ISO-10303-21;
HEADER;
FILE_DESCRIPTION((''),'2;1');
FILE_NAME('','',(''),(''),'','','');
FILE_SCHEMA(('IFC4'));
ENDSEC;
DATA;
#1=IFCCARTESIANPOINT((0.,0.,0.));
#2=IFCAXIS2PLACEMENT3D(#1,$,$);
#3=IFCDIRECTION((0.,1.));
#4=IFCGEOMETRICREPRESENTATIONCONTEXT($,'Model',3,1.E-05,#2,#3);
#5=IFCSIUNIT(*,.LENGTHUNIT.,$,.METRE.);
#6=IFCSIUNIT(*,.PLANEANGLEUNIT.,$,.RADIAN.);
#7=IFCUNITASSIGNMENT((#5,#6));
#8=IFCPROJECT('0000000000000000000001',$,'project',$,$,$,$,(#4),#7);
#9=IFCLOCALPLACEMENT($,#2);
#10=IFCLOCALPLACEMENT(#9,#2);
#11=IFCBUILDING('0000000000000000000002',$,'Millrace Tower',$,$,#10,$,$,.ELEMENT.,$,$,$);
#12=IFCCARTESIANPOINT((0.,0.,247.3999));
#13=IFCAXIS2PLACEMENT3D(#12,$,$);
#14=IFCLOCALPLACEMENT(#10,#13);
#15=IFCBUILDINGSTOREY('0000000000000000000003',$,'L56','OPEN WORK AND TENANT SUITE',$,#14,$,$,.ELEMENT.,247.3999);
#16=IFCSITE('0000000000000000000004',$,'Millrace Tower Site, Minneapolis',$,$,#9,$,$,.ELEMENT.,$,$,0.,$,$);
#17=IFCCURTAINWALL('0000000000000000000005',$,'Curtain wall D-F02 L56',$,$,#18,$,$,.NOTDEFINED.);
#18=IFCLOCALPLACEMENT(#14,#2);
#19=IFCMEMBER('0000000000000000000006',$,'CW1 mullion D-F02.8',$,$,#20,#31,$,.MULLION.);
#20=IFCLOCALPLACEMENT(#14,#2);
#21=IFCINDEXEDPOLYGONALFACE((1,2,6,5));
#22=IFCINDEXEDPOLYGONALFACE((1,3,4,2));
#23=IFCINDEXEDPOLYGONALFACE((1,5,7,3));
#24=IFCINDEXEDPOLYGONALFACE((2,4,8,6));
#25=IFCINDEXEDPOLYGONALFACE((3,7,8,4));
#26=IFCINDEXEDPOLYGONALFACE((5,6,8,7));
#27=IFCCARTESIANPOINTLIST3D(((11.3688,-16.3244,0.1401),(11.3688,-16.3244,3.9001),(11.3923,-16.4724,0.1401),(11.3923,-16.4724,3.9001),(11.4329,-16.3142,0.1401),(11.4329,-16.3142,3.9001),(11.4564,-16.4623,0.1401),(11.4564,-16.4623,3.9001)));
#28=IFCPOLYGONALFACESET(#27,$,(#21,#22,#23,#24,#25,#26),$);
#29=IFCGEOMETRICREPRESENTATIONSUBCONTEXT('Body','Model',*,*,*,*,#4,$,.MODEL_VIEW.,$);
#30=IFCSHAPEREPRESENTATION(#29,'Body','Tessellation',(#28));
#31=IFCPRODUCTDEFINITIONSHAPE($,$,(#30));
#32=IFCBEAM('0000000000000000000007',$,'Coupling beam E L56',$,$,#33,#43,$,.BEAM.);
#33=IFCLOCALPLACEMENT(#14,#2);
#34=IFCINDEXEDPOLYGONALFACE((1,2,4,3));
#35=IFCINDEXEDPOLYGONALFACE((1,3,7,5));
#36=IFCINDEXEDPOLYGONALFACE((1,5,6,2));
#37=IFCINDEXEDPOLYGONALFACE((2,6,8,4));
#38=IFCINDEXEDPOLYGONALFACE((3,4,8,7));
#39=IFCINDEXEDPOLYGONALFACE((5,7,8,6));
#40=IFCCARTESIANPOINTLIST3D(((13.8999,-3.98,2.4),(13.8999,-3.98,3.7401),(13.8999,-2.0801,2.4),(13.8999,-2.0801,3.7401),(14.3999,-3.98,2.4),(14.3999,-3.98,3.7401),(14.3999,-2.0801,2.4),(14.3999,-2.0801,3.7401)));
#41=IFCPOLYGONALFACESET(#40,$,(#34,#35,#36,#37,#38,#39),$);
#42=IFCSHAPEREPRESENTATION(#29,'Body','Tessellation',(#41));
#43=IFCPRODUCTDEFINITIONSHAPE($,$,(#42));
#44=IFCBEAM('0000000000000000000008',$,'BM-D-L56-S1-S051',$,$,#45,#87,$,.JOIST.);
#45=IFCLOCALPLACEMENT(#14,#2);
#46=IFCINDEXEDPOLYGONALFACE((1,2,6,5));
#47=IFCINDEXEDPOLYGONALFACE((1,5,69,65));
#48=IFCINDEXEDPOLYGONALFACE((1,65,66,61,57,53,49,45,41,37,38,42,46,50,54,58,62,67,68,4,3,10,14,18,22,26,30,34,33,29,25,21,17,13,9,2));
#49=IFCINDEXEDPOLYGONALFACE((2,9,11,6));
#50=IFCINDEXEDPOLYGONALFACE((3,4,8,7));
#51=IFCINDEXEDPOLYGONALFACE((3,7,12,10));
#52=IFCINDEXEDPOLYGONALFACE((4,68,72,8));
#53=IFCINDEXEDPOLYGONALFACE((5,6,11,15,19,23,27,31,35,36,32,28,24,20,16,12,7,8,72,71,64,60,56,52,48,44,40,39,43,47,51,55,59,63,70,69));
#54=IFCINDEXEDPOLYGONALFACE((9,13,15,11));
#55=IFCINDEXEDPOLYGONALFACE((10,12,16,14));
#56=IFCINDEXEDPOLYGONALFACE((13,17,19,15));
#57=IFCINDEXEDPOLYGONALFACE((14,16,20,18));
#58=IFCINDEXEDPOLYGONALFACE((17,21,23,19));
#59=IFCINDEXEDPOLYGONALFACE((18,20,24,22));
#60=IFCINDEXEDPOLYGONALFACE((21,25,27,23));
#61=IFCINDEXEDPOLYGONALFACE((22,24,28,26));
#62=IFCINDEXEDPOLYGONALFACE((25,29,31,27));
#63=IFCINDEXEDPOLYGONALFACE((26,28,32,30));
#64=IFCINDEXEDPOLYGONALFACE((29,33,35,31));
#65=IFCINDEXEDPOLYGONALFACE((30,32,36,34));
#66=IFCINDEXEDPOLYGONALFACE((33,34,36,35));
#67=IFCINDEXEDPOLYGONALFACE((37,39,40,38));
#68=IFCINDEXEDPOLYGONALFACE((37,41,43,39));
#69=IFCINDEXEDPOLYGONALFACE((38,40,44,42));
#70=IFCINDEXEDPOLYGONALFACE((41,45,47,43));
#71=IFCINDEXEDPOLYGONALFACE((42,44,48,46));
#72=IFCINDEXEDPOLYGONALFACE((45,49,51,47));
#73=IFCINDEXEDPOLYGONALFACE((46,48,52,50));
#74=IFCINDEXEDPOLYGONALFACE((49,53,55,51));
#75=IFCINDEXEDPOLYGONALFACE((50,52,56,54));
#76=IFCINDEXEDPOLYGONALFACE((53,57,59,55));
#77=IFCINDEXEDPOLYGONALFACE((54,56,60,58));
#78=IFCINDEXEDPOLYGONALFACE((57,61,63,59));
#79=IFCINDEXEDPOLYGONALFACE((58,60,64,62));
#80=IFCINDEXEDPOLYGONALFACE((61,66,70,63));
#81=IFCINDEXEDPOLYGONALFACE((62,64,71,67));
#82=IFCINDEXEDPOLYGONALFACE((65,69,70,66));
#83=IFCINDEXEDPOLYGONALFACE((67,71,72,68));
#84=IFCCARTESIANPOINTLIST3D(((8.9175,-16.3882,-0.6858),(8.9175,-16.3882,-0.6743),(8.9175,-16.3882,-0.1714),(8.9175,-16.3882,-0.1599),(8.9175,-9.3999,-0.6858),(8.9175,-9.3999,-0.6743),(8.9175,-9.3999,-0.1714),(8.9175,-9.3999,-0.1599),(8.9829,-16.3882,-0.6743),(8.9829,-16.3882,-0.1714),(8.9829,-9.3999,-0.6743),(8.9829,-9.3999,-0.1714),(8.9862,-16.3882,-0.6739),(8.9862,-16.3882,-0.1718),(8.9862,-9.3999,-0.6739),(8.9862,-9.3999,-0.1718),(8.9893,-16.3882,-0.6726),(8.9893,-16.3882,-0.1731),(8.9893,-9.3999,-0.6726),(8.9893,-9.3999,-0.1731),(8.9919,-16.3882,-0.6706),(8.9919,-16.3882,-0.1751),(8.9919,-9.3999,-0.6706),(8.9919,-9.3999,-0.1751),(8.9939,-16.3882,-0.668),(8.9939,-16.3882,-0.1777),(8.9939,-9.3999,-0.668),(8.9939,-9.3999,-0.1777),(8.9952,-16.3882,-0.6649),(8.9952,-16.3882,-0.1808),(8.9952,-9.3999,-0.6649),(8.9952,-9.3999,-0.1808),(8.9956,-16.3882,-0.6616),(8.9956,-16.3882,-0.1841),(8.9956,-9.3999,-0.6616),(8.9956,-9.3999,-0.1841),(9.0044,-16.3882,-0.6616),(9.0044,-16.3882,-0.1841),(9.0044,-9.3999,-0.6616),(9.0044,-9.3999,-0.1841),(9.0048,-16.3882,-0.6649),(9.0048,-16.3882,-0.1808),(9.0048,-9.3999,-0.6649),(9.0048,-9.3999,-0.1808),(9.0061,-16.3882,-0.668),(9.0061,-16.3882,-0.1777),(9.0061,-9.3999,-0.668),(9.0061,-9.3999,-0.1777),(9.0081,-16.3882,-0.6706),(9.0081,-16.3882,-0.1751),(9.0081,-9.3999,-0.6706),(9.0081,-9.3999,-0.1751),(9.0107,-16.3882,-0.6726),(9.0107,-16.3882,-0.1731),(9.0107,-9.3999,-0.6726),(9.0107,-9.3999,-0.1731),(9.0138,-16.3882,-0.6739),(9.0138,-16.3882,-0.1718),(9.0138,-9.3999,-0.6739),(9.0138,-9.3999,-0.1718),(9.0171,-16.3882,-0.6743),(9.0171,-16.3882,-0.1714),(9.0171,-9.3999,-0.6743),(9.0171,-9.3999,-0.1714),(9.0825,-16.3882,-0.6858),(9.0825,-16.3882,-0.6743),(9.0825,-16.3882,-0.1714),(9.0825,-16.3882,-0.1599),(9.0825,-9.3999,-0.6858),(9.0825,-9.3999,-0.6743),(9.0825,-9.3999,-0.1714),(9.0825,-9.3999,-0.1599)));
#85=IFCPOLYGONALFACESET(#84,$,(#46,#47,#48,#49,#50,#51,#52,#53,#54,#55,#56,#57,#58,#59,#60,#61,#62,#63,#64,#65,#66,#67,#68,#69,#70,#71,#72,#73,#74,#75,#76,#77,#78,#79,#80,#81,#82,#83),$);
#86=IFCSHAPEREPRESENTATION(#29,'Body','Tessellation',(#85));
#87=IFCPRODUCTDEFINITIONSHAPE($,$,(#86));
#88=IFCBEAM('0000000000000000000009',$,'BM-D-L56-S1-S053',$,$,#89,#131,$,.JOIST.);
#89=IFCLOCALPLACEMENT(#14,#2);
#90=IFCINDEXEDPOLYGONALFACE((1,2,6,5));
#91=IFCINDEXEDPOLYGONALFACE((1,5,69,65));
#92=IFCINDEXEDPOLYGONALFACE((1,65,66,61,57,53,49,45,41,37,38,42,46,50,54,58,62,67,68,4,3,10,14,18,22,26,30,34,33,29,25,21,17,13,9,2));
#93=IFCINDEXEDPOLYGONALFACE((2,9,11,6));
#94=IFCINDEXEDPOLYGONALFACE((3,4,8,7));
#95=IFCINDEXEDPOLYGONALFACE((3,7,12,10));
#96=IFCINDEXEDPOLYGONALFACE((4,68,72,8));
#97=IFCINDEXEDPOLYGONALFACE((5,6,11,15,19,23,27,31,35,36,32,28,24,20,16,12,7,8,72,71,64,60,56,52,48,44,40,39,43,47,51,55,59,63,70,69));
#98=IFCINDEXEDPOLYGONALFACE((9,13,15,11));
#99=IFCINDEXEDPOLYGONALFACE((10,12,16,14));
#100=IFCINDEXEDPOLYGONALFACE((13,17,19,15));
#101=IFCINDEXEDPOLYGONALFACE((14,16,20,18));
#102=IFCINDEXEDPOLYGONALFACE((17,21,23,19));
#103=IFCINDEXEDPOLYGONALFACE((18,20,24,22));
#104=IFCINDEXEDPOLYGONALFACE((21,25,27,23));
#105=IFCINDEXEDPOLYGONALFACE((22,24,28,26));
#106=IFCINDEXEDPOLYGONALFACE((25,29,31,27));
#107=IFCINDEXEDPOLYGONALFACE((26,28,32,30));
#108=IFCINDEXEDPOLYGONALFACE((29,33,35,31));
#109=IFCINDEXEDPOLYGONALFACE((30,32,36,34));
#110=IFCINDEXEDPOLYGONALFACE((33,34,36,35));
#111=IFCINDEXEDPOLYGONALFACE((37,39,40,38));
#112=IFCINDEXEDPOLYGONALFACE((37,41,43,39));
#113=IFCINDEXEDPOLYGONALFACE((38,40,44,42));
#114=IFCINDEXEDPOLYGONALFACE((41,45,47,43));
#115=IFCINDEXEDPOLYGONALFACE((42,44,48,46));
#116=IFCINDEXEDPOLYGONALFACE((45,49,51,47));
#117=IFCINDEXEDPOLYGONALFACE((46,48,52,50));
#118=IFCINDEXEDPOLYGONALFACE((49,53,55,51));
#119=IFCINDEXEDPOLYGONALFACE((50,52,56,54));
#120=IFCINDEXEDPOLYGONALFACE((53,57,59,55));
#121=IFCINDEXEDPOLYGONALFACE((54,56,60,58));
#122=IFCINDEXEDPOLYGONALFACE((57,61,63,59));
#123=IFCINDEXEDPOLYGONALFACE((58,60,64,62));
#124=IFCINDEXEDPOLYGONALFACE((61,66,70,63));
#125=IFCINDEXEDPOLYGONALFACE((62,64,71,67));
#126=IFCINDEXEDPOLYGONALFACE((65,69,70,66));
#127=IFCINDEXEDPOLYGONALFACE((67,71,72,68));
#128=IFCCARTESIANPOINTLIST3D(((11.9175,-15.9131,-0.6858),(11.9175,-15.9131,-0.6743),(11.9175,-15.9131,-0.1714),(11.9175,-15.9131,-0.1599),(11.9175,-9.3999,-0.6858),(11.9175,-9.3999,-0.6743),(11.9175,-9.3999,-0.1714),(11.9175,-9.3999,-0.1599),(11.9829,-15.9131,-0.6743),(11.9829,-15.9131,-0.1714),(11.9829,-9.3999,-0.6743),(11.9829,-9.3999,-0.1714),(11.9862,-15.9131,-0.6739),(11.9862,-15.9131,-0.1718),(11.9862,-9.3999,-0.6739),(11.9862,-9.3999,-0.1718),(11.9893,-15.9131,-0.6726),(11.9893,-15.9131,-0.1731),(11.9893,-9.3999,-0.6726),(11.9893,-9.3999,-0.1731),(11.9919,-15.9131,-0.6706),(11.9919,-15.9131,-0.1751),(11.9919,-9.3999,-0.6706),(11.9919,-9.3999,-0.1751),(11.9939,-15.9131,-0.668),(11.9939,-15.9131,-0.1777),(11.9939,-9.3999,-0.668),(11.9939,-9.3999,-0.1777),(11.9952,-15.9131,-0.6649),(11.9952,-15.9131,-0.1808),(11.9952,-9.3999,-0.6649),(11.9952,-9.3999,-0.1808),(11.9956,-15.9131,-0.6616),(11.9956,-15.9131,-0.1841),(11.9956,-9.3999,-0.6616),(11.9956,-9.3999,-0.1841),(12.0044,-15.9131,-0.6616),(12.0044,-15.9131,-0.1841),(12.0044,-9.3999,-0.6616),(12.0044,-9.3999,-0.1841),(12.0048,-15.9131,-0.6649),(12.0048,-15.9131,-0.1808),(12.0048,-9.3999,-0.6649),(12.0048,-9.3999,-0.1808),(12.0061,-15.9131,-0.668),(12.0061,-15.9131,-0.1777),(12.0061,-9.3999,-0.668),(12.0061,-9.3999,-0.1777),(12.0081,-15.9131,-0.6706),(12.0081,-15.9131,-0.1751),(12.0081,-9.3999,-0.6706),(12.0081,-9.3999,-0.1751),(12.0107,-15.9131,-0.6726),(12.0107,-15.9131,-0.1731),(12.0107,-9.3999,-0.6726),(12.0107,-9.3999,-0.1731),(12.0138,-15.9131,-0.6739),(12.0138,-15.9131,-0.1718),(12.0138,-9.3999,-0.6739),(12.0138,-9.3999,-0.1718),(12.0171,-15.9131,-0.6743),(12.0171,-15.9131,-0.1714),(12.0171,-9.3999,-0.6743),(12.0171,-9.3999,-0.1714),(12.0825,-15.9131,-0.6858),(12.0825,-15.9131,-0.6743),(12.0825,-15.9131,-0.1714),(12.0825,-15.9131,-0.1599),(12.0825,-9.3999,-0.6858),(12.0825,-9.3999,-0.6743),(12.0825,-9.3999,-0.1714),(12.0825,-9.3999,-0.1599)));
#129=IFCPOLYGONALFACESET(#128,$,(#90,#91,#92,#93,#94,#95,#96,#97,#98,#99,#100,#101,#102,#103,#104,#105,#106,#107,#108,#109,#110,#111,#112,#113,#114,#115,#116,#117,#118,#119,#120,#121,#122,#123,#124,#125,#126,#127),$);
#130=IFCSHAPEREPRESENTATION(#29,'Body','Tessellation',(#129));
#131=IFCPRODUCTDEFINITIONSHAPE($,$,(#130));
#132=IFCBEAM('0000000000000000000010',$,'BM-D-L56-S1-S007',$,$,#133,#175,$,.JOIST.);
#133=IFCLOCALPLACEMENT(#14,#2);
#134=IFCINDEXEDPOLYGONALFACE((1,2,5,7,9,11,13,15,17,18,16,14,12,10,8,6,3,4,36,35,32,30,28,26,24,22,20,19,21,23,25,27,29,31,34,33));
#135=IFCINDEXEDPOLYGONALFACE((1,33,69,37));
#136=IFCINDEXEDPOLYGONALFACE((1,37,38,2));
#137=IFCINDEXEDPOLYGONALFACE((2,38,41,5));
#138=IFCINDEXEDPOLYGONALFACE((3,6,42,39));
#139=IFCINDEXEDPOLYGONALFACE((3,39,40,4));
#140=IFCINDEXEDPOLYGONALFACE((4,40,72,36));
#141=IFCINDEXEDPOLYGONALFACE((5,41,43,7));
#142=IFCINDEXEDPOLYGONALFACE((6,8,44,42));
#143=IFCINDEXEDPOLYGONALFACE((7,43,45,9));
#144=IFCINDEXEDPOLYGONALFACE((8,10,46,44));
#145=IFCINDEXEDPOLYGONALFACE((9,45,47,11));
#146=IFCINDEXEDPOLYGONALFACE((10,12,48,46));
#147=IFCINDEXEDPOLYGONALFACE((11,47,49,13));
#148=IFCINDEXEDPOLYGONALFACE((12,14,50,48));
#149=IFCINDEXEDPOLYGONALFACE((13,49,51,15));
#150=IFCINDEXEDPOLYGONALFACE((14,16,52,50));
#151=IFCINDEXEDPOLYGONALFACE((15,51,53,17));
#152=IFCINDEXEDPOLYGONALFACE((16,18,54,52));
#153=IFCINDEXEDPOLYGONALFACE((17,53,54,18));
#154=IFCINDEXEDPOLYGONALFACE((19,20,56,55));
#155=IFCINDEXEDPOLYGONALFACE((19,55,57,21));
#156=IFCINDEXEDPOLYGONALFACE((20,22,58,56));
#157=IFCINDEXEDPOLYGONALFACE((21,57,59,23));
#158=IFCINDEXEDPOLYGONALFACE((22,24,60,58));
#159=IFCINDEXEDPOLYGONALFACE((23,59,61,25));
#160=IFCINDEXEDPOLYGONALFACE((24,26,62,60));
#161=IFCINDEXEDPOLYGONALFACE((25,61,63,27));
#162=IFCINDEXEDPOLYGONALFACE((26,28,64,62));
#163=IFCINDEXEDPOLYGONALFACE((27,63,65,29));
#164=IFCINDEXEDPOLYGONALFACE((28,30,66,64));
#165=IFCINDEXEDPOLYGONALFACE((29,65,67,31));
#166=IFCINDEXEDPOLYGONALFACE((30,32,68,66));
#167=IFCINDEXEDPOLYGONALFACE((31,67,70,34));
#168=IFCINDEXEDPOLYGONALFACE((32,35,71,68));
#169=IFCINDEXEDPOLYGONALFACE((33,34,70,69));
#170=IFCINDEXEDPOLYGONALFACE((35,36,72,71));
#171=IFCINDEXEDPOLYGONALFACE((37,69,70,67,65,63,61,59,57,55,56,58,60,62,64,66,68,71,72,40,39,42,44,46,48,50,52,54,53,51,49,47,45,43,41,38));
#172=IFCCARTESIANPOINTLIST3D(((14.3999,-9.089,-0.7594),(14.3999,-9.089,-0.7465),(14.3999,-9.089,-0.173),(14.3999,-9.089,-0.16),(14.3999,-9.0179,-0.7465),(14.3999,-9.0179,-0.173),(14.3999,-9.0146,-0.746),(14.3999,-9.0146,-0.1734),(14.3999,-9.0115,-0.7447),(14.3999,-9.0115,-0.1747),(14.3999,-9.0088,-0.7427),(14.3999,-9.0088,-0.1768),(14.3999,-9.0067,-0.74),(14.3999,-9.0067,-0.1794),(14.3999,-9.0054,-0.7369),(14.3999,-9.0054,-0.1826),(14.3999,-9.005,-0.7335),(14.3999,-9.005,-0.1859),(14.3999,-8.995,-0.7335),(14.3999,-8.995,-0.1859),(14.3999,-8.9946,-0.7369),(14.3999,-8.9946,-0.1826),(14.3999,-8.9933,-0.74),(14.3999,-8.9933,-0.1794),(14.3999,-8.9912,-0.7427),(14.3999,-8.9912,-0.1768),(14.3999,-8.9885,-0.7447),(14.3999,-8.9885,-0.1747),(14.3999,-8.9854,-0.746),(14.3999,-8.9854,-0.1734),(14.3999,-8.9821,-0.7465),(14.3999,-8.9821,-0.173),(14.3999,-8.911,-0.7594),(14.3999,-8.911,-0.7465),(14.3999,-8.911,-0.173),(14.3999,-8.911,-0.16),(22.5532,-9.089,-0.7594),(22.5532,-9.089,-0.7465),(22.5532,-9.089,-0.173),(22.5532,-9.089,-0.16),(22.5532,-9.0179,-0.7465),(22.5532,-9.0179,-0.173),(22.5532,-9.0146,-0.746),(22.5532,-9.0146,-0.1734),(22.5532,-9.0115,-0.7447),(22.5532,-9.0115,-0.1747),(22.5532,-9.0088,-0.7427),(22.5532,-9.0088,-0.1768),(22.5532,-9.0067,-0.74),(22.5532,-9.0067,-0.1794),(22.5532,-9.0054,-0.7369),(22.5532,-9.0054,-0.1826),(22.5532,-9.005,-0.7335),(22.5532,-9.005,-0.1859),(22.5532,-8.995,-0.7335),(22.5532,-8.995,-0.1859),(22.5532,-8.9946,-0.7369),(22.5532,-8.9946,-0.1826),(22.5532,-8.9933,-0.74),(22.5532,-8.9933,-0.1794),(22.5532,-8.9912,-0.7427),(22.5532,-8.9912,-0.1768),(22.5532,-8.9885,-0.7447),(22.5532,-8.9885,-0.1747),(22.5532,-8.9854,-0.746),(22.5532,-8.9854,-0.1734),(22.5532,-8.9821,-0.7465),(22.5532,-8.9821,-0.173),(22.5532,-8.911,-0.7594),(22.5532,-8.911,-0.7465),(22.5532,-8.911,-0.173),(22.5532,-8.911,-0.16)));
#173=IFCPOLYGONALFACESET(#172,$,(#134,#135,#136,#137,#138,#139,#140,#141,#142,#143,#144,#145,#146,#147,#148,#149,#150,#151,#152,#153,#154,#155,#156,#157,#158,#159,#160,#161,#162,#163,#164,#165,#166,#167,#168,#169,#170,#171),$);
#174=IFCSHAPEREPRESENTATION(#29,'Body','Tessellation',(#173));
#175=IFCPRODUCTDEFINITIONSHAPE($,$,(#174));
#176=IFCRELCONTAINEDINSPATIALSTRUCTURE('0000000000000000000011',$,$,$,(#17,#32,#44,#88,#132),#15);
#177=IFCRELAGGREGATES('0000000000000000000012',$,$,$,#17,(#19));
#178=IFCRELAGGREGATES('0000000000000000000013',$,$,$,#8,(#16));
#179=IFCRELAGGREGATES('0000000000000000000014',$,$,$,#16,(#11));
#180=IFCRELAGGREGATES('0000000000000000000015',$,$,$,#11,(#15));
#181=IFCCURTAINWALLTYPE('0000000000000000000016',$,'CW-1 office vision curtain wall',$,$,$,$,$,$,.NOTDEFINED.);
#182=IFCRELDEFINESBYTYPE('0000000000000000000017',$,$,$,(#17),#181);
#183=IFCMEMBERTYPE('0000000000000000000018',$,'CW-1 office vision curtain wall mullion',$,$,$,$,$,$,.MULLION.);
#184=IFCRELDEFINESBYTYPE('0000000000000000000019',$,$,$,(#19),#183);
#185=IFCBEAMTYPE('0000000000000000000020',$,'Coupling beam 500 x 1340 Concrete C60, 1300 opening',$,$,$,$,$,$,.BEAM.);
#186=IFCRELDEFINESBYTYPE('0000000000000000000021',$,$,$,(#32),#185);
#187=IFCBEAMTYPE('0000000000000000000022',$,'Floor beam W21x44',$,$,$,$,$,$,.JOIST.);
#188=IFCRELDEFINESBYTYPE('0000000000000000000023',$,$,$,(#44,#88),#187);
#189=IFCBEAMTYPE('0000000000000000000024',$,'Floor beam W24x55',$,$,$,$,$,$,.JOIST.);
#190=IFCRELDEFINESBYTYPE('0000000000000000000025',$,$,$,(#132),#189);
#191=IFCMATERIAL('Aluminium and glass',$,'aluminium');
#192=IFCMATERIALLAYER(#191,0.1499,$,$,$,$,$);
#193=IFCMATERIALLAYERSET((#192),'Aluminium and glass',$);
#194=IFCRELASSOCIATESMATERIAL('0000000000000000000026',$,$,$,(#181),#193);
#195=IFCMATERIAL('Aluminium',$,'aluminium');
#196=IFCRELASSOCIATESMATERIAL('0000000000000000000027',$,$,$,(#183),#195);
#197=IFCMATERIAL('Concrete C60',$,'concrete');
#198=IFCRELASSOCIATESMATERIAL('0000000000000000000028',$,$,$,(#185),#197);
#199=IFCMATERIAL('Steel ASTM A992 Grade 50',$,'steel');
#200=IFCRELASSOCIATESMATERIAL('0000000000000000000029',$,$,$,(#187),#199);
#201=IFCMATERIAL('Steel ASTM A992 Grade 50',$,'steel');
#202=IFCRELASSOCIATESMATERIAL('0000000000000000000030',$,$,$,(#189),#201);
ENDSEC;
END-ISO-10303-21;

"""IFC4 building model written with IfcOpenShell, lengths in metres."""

from ifc_helpers import new_model, si_unit, direction, frame, origin, origin_2d, place, context, subcontext, project, spatial, rectangle, i_section, extrude, material, layer, layer_set, material_profile, profile_set, type_object, element, aggregate, save


model = new_model("IFC4")

# Units and contexts
model_context = context("Model", 3, precision=1e-05, world=origin(), true_north=direction((0.0, 1.0)))
body_context = subcontext(model_context, "Body", "Model", "MODEL_VIEW")
ifc_project = project(units=[si_unit("LENGTHUNIT", "METRE"), si_unit("PLANEANGLEUNIT", "RADIAN")], contexts=[model_context])

# Site, building, storey
site_placement = place(None, origin())
site = spatial("IfcSite", under=ifc_project, at=site_placement, Name="Millrace Tower Site, Minneapolis", CompositionType="ELEMENT", RefElevation=0.0)
building_placement = place(site_placement, origin())
building = spatial("IfcBuilding", under=site, at=building_placement, Name="Millrace Tower", CompositionType="ELEMENT")
storey_placement = place(building_placement, frame((0.0, 0.0, 247.3999)))
storey = spatial("IfcBuildingStorey", under=building, at=storey_placement, Name="L56", Description="OPEN WORK AND TENANT SUITE", CompositionType="ELEMENT", Elevation=247.3999)

# Curtain wall, member
ifc_material_1 = material(Name="Aluminium and glass", Category="aluminium")
ifc_layer_1 = layer(ifc_material_1, 0.1499)
ifc_layer_set_1 = layer_set([ifc_layer_1], Name="Aluminium and glass")
curtain_wall_type = type_object("IfcCurtainWallType", Name="CW-1 office vision curtain wall", PredefinedType="NOTDEFINED", material=ifc_layer_set_1)
placement = place(storey_placement, origin())
curtain_wall = element("IfcCurtainWall", 1, at=placement, inside=storey, type_object=curtain_wall_type, Name="Curtain wall D-F02 L56", PredefinedType="NOTDEFINED")
ifc_material_2 = material(Name="Aluminium", Category="aluminium")
ifc_material_profile_1 = material_profile(ifc_material_2, rectangle(XDim=0.0649, YDim=0.1499, at=origin_2d()))
ifc_profile_set_1 = profile_set([ifc_material_profile_1], Name="Aluminium")
member_type = type_object("IfcMemberType", Name="CW-1 office vision curtain wall mullion", PredefinedType="MULLION", material=ifc_profile_set_1)
member_placement = place(storey_placement, frame((11.4126, -16.3933, 0.1401), z_axis=(0.0, 0.0, 1.0), x_axis=(0.987688, 0.156434, 0.0)))
member = element("IfcMember", 2, at=member_placement, type_object=member_type, Name="CW1 mullion D-F02.8", PredefinedType="MULLION", context=body_context, shape_type="SweptSolid", body=[
    extrude(rectangle(XDim=0.0649, YDim=0.1499, at=origin_2d()), origin(), (0.0, 0.0, 1.0), 3.76),
])
aggregate(curtain_wall, [member])

# Beams
ifc_material_3 = material(Name="Concrete C60", Category="concrete")
ifc_material_profile_2 = material_profile(ifc_material_3, rectangle(XDim=0.5, YDim=1.3401, at=origin_2d()))
ifc_profile_set_2 = profile_set([ifc_material_profile_2], Name="Concrete C60")
beam_type_1 = type_object("IfcBeamType", Name="Coupling beam 500 x 1340 Concrete C60, 1300 opening", PredefinedType="BEAM", material=ifc_profile_set_2)
beam_1_placement = place(storey_placement, frame((14.1499, -2.0801, 3.0701), z_axis=(0.0, -1.0, 0.0), x_axis=(1.0, 0.0, 0.0)))
element("IfcBeam", 3, at=beam_1_placement, inside=storey, type_object=beam_type_1, Name="Coupling beam E L56", PredefinedType="BEAM", context=body_context, shape_type="SweptSolid", body=[
    extrude(rectangle(XDim=0.5, YDim=1.3401, at=origin_2d()), origin(), (0.0, 0.0, 1.0), 1.8999),
])
ifc_material_4 = material(Name="Steel ASTM A992 Grade 50", Category="steel")
ifc_material_profile_3 = material_profile(ifc_material_4, i_section(OverallWidth=0.165, OverallDepth=0.5259, WebThickness=0.0088, FlangeThickness=0.0115, FilletRadius=0.0127, at=origin_2d()))
ifc_profile_set_3 = profile_set([ifc_material_profile_3], Name="Steel ASTM A992 Grade 50")
beam_type_2 = type_object("IfcBeamType", Name="Floor beam W21x44", PredefinedType="JOIST", material=ifc_profile_set_3)
beam_2_placement = place(storey_placement, frame((9.0, -16.3882, -0.4229), z_axis=(0.0, 1.0, 0.0), x_axis=(-1.0, 0.0, 0.0)))
element("IfcBeam", 4, at=beam_2_placement, inside=storey, type_object=beam_type_2, Name="BM-D-L56-S1-S051", PredefinedType="JOIST", context=body_context, shape_type="SweptSolid", body=[
    extrude(i_section(OverallWidth=0.165, OverallDepth=0.5259, WebThickness=0.0088, FlangeThickness=0.0115, FilletRadius=0.0127, at=origin_2d()), origin(), (0.0, 0.0, 1.0), 6.9883),
])
beam_3_placement = place(storey_placement, frame((12.0, -15.9131, -0.4229), z_axis=(0.0, 1.0, 0.0), x_axis=(-1.0, 0.0, 0.0)))
element("IfcBeam", 5, at=beam_3_placement, inside=storey, type_object=beam_type_2, Name="BM-D-L56-S1-S053", PredefinedType="JOIST", context=body_context, shape_type="SweptSolid", body=[
    extrude(i_section(OverallWidth=0.165, OverallDepth=0.5259, WebThickness=0.0088, FlangeThickness=0.0115, FilletRadius=0.0127, at=origin_2d()), origin(), (0.0, 0.0, 1.0), 6.5132),
])
ifc_material_5 = material(Name="Steel ASTM A992 Grade 50", Category="steel")
ifc_material_profile_4 = material_profile(ifc_material_5, i_section(OverallWidth=0.178, OverallDepth=0.5994, WebThickness=0.01, FlangeThickness=0.0129, FilletRadius=0.0129, at=origin_2d()))
ifc_profile_set_4 = profile_set([ifc_material_profile_4], Name="Steel ASTM A992 Grade 50")
beam_type_3 = type_object("IfcBeamType", Name="Floor beam W24x55", PredefinedType="JOIST", material=ifc_profile_set_4)
beam_4_placement = place(storey_placement, frame((14.3999, -9.0, -0.4597), z_axis=(1.0, 0.0, 0.0), x_axis=(0.0, 1.0, 0.0)))
element("IfcBeam", 6, at=beam_4_placement, inside=storey, type_object=beam_type_3, Name="BM-D-L56-S1-S007", PredefinedType="JOIST", context=body_context, shape_type="SweptSolid", body=[
    extrude(i_section(OverallWidth=0.178, OverallDepth=0.5994, WebThickness=0.01, FlangeThickness=0.0129, FilletRadius=0.0129, at=origin_2d()), origin(), (0.0, 0.0, 1.0), 8.1533),
])

save(model, "model.ifc")
